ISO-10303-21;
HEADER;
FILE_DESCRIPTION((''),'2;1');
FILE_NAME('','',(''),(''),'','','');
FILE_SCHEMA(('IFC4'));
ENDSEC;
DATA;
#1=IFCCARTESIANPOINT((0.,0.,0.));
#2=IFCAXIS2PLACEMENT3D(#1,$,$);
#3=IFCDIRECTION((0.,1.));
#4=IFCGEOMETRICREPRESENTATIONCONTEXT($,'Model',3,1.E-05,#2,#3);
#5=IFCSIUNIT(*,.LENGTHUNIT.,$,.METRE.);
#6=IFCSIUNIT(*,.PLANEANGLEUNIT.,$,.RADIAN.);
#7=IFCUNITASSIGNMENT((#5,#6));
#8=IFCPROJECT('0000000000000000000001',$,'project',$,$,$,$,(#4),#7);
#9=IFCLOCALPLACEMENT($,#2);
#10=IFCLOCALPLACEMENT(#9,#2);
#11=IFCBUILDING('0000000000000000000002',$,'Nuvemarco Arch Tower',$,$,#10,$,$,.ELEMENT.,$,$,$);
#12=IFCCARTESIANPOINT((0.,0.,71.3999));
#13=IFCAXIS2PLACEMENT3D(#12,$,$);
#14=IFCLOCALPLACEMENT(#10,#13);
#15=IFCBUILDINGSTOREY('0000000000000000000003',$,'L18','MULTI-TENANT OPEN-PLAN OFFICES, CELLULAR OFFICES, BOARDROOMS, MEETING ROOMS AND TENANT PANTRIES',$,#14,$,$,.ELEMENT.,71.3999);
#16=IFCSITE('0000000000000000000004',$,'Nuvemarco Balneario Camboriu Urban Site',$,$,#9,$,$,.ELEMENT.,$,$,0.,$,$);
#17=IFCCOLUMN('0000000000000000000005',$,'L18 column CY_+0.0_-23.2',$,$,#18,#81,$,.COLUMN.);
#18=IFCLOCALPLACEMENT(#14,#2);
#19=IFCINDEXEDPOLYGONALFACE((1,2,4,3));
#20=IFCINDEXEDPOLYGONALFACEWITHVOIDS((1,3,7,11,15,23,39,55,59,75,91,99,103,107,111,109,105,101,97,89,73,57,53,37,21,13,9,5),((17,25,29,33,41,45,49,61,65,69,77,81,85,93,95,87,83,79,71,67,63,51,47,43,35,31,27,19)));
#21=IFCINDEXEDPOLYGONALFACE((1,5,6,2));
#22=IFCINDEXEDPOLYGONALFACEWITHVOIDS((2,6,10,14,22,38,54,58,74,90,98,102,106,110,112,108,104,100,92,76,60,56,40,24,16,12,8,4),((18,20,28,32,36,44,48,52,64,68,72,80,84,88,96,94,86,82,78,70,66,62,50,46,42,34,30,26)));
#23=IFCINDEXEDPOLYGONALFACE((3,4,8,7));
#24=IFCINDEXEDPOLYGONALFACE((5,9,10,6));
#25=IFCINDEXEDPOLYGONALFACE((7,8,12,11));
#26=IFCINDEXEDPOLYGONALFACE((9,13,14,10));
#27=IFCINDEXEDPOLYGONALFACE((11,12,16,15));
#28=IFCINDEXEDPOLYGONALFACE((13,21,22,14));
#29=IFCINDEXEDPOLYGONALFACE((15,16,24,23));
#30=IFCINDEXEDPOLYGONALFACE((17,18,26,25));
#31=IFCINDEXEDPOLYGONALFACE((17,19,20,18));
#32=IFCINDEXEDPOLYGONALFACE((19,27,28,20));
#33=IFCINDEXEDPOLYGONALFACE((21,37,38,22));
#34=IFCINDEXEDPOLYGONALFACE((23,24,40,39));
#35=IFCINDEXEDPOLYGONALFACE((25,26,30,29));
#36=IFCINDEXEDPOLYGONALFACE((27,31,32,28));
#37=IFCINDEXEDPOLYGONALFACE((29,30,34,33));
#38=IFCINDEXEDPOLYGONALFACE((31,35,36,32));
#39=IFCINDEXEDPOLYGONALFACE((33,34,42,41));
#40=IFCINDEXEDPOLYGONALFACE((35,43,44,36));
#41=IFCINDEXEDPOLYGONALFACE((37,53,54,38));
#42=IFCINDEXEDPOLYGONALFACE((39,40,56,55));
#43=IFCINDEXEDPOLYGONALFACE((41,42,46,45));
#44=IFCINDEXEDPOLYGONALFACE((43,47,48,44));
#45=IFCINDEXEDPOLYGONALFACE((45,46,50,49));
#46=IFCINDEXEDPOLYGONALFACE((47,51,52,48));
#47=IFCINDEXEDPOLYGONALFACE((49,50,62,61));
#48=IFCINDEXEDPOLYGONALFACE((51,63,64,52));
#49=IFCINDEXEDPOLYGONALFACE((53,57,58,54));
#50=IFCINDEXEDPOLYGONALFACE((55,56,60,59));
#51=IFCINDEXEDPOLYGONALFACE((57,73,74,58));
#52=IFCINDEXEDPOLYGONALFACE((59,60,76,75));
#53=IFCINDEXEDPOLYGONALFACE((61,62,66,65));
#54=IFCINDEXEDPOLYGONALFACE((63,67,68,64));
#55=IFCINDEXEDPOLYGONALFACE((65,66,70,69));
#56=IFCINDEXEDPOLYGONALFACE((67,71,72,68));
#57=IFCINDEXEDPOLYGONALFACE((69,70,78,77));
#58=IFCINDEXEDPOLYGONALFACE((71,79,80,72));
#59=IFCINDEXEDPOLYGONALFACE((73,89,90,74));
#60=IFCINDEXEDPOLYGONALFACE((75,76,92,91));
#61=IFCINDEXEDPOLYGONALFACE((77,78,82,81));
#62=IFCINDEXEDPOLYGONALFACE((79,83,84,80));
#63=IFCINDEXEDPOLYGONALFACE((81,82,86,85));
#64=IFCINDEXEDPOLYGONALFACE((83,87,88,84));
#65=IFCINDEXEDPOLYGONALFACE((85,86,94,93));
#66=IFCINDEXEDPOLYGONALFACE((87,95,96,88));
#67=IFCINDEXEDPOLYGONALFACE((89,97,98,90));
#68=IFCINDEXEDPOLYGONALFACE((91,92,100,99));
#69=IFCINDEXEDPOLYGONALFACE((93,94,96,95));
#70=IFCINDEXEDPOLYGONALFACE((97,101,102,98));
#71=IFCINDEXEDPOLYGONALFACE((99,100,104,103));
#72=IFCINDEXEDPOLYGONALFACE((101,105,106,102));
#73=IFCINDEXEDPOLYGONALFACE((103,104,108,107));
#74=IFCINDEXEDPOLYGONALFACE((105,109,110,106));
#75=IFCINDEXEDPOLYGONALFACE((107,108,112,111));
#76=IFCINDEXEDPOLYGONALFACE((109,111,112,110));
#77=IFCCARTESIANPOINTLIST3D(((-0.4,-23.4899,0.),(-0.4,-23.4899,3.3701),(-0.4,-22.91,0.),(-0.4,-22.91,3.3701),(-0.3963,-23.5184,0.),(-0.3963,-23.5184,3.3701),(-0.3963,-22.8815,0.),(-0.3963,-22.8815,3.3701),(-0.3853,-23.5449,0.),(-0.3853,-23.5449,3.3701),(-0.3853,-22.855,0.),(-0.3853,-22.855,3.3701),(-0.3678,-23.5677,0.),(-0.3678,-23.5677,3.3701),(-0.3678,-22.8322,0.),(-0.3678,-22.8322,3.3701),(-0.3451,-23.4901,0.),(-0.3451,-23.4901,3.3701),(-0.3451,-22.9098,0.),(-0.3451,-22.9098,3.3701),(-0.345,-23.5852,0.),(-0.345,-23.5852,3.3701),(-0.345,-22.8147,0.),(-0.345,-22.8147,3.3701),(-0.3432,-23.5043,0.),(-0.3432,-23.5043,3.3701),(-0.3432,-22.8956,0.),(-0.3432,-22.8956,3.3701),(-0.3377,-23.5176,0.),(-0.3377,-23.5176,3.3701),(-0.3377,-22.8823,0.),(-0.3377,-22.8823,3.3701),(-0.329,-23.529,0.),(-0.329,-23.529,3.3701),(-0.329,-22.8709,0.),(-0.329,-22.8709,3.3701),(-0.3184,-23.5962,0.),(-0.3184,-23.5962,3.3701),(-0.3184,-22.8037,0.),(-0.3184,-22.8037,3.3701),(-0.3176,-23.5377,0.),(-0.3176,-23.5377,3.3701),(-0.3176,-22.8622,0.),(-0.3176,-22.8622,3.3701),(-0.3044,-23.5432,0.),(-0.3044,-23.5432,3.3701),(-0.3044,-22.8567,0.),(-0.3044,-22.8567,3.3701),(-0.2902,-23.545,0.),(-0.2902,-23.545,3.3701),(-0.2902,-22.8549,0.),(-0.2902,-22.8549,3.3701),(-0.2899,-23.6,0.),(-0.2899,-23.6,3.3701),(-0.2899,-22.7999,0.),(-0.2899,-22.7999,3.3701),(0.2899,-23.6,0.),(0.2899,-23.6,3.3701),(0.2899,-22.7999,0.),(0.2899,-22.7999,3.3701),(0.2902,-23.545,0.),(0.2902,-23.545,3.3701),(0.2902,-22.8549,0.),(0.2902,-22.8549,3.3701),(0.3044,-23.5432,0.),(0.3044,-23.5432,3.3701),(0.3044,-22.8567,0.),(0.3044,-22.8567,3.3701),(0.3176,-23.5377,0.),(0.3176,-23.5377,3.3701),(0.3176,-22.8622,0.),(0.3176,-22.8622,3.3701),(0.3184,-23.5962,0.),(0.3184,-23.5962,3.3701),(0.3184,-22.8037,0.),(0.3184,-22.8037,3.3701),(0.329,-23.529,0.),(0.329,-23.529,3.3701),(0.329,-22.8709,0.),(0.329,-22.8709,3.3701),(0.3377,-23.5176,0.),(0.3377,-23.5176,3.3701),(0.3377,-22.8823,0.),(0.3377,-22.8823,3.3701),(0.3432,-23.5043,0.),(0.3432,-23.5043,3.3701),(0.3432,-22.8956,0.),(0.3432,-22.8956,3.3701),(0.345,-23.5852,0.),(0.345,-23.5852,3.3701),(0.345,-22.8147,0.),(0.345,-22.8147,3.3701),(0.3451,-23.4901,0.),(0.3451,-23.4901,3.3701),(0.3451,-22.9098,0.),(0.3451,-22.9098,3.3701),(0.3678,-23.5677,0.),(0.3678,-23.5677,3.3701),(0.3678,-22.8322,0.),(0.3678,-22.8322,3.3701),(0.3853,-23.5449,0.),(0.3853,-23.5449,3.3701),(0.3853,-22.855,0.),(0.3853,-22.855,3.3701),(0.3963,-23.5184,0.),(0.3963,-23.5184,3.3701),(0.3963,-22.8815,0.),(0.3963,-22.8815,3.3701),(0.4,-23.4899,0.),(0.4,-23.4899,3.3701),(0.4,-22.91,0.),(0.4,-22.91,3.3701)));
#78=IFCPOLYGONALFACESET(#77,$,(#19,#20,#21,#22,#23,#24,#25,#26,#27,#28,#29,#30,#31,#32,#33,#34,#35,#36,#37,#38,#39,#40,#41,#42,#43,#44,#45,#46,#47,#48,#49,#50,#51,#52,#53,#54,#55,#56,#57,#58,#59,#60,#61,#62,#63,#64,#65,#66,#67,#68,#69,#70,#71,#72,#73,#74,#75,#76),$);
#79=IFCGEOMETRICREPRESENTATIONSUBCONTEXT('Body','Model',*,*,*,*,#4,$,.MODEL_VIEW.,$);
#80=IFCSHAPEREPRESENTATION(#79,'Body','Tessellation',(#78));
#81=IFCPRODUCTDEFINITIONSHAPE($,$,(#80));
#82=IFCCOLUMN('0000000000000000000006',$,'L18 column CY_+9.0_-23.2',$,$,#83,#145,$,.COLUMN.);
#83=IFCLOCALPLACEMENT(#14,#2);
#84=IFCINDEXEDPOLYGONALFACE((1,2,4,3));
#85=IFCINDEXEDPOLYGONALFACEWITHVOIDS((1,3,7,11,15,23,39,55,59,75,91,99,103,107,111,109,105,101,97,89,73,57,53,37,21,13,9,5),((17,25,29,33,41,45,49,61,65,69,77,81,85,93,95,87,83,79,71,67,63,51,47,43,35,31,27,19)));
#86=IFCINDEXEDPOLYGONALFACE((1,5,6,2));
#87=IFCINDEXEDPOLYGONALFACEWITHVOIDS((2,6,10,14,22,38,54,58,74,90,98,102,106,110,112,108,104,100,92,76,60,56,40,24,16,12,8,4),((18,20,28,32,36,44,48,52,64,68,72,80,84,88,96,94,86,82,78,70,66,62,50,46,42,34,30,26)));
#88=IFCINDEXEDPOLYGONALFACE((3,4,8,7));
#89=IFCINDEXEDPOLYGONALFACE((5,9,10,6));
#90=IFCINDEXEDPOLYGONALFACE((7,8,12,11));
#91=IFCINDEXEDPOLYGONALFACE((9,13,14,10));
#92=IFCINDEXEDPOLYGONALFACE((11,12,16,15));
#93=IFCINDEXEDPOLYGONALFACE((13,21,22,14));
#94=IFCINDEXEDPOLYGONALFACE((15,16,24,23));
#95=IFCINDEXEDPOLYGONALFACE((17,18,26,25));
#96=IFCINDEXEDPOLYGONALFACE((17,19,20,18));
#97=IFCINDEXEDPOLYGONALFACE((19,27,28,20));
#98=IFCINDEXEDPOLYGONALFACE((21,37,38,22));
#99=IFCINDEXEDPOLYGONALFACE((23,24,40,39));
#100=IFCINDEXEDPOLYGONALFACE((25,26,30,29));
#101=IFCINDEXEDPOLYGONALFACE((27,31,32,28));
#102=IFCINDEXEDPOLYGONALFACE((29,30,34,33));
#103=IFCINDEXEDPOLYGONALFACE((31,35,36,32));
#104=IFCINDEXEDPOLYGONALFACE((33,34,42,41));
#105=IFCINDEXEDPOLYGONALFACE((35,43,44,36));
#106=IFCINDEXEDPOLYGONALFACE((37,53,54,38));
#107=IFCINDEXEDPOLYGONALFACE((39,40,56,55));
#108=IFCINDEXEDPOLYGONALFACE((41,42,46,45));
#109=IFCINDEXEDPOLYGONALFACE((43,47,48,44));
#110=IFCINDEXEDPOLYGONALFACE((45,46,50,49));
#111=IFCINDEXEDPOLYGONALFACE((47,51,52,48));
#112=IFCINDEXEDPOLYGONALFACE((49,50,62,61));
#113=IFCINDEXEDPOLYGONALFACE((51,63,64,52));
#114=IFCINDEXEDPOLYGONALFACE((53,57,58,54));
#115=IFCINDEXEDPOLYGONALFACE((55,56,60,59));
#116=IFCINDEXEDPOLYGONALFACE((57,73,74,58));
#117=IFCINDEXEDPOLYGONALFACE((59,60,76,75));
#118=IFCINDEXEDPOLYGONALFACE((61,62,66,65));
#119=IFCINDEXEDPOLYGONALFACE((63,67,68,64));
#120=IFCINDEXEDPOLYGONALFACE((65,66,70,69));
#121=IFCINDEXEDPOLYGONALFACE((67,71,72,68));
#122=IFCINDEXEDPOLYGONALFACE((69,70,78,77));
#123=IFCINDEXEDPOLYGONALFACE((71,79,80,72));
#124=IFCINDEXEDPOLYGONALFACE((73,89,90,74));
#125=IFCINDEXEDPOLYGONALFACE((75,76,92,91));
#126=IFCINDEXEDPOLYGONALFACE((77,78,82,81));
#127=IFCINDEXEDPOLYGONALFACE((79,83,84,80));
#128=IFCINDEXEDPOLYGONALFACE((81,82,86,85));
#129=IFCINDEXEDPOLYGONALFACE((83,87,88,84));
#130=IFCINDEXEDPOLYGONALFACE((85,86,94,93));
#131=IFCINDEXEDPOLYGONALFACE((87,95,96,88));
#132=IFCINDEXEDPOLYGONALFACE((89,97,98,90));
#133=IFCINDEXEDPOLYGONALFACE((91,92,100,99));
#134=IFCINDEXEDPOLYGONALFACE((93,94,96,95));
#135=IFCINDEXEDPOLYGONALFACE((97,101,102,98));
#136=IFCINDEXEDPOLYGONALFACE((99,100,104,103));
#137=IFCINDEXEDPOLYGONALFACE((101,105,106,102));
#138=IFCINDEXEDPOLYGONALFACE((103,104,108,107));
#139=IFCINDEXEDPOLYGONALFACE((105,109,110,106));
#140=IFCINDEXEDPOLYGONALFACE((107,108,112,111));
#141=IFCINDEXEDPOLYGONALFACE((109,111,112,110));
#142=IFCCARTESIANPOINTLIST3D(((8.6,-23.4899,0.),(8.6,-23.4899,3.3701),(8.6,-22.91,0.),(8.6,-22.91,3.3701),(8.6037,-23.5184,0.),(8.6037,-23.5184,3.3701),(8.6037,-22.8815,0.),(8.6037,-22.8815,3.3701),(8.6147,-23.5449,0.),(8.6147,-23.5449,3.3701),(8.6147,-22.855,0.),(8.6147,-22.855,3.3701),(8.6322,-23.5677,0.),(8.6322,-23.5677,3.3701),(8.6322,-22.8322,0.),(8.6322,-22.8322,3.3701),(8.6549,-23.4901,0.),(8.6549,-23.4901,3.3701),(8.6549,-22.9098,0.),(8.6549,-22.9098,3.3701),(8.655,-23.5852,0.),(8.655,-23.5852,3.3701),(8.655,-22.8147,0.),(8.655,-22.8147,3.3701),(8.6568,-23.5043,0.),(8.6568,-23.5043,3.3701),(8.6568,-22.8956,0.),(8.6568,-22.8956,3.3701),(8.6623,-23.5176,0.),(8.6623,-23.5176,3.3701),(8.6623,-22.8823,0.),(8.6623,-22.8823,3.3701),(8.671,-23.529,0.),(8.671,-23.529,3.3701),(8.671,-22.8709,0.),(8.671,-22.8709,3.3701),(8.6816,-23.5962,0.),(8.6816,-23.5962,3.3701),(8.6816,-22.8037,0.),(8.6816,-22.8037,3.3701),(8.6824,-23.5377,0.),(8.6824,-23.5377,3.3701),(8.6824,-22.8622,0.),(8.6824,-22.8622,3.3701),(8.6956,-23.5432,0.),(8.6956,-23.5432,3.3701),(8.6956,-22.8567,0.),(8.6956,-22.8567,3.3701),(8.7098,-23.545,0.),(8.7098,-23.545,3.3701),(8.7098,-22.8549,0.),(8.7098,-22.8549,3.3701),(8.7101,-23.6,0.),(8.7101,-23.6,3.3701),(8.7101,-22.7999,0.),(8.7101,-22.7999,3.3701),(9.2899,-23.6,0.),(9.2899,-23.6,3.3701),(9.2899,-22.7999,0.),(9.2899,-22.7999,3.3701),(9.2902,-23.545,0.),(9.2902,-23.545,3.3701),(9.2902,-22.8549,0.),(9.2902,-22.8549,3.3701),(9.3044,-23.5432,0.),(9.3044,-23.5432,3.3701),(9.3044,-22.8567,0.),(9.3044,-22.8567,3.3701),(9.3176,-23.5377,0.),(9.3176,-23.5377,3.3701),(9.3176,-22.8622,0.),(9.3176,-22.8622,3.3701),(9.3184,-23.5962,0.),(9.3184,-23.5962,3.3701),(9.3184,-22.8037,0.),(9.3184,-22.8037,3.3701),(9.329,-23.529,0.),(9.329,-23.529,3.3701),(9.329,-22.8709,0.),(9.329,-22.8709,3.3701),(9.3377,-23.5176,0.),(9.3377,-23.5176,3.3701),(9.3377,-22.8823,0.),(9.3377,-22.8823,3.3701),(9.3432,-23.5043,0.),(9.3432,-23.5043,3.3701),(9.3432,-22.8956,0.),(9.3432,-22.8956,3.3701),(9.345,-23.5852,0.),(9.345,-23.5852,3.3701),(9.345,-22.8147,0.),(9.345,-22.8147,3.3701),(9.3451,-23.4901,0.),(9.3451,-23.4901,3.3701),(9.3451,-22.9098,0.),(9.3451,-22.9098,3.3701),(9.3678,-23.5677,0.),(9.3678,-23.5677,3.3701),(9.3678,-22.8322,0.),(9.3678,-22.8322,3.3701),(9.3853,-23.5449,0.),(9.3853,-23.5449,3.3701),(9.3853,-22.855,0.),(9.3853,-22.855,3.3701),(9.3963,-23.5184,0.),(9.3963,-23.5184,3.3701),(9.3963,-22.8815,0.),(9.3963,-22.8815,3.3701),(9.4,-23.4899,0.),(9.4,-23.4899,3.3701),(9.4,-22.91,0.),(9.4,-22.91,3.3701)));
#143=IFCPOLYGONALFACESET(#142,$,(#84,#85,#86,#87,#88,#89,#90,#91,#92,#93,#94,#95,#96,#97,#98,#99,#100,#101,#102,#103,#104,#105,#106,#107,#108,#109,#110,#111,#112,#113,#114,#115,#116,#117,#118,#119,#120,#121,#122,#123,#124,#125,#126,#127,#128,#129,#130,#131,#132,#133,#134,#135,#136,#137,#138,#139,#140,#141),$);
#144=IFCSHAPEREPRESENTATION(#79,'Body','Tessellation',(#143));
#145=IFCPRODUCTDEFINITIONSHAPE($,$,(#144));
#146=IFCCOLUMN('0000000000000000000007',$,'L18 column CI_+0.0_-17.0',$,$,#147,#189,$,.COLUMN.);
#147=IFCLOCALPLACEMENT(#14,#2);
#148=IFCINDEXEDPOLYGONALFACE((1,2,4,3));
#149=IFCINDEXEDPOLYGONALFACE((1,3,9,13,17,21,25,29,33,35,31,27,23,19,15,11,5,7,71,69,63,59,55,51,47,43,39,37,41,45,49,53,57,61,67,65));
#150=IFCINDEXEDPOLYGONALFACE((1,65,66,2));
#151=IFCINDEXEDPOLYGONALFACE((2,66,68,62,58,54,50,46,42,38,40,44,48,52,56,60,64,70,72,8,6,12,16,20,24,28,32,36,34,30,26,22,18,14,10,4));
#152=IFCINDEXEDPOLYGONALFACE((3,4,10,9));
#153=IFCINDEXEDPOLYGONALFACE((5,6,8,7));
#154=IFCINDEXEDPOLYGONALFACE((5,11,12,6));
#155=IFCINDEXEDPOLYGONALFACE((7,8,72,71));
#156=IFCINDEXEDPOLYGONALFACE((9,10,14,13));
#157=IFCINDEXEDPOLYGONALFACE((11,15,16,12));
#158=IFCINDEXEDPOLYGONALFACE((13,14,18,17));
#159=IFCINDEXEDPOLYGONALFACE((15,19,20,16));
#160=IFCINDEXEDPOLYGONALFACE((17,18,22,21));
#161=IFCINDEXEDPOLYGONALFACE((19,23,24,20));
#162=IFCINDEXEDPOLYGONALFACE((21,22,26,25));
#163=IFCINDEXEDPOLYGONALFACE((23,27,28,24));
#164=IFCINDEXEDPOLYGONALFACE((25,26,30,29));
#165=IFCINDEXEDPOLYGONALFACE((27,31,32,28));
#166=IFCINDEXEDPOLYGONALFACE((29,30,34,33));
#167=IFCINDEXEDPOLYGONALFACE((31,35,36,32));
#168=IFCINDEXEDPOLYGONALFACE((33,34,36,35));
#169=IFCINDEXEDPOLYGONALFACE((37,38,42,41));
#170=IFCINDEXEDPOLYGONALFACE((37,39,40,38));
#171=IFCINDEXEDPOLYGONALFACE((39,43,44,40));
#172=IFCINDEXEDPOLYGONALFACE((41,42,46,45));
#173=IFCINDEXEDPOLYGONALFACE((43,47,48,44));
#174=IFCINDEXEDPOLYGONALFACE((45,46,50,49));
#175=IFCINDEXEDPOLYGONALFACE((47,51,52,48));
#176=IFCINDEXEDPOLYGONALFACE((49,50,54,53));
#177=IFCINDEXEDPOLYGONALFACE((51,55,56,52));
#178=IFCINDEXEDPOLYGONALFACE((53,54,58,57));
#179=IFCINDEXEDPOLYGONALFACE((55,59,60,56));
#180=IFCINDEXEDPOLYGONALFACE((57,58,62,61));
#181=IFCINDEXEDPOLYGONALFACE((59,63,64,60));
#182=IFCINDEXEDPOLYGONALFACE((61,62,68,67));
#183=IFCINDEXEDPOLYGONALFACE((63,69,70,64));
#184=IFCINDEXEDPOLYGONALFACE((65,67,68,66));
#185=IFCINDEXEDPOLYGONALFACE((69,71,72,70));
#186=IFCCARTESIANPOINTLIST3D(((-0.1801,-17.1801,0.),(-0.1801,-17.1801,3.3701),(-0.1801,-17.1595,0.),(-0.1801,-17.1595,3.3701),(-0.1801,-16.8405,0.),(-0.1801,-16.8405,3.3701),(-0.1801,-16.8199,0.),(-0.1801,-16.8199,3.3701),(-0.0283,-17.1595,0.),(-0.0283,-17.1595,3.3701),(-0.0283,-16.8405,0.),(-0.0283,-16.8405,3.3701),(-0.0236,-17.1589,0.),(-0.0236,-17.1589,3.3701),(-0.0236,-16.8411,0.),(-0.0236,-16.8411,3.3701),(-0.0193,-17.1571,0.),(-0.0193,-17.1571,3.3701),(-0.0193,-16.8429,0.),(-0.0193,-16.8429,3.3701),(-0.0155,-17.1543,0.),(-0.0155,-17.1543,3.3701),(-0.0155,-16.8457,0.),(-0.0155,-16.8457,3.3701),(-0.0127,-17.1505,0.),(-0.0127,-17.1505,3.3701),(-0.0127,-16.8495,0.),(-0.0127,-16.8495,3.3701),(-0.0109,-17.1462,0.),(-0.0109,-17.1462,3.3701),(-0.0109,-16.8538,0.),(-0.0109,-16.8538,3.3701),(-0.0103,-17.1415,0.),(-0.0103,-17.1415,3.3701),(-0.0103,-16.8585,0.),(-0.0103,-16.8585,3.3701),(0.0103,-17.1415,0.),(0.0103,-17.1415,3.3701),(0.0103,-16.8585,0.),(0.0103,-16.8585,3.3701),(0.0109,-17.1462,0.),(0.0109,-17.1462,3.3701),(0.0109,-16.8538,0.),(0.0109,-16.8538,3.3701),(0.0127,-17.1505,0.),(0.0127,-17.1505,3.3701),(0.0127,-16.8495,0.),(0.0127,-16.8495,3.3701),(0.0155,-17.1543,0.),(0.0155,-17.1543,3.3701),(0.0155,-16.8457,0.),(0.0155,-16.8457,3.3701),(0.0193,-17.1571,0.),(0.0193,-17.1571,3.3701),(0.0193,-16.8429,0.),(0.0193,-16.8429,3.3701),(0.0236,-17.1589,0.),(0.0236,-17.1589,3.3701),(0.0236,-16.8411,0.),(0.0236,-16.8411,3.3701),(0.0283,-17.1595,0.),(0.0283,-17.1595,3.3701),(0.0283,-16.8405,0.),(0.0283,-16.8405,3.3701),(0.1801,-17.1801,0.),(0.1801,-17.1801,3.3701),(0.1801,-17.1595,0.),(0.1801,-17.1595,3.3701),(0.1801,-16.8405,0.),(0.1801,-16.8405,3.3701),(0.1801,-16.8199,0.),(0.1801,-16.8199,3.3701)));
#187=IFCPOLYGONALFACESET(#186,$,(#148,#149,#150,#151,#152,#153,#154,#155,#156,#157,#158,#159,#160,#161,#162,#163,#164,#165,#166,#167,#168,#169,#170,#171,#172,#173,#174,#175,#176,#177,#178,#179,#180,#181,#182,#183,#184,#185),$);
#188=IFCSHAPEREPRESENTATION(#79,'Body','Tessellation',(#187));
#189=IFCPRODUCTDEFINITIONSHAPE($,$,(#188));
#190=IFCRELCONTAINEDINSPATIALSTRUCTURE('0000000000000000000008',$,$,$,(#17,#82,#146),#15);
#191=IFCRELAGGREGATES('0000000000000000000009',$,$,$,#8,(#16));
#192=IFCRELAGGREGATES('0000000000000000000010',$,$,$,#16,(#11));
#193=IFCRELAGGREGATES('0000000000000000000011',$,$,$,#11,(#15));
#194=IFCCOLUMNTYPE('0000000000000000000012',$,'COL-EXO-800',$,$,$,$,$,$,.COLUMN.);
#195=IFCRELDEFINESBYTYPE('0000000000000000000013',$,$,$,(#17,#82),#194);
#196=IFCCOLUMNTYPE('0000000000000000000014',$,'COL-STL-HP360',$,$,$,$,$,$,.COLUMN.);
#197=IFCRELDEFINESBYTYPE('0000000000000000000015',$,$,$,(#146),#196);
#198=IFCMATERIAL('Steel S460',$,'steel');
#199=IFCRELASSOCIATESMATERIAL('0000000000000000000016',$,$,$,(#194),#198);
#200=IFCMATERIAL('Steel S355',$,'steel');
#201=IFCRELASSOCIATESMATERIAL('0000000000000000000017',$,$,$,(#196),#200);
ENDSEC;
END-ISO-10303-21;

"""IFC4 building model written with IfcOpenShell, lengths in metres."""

from ifc_helpers import new_model, si_unit, direction, frame, origin, origin_2d, place, context, subcontext, project, spatial, hollow_rectangle, i_section, extrude, material, material_profile, profile_set, type_object, element, save


model = new_model("IFC4")

# Units and contexts
model_context = context("Model", 3, precision=1e-05, world=origin(), true_north=direction((0.0, 1.0)))
body_context = subcontext(model_context, "Body", "Model", "MODEL_VIEW")
ifc_project = project(units=[si_unit("LENGTHUNIT", "METRE"), si_unit("PLANEANGLEUNIT", "RADIAN")], contexts=[model_context])

# Site, building, storey
site_placement = place(None, origin())
site = spatial("IfcSite", under=ifc_project, at=site_placement, Name="Nuvemarco Balneario Camboriu Urban Site", CompositionType="ELEMENT", RefElevation=0.0)
building_placement = place(site_placement, origin())
building = spatial("IfcBuilding", under=site, at=building_placement, Name="Nuvemarco Arch Tower", CompositionType="ELEMENT")
storey_placement = place(building_placement, frame((0.0, 0.0, 71.3999)))
storey = spatial("IfcBuildingStorey", under=building, at=storey_placement, Name="L18", Description="MULTI-TENANT OPEN-PLAN OFFICES, CELLULAR OFFICES, BOARDROOMS, MEETING ROOMS AND TENANT PANTRIES", CompositionType="ELEMENT", Elevation=71.3999)

# Columns
ifc_material_1 = material(Name="Steel S460", Category="steel")
ifc_material_profile_1 = material_profile(ifc_material_1, hollow_rectangle(XDim=0.8, YDim=0.8, WallThickness=0.0549, InnerFilletRadius=0.0549, OuterFilletRadius=0.1101, at=origin_2d()), Name="SHS800x800x55")
ifc_profile_set_1 = profile_set([ifc_material_profile_1], Name="Steel S460")
column_type_1 = type_object("IfcColumnType", Name="COL-EXO-800", PredefinedType="COLUMN", material=ifc_profile_set_1)
for number, where, z_axis, x_axis, name in (
    (1, (0.0, -23.2, 0.0), (0.0, 0.0, 1.0), (1.0, 0.0, 0.0), "L18 column CY_+0.0_-23.2"),
    (2, (9.0, -23.2, 0.0), (0.0, 0.0, 1.0), (1.0, 0.0, 0.0), "L18 column CY_+9.0_-23.2"),
):
    element("IfcColumn", number, at=place(storey_placement, frame(where, z_axis=z_axis, x_axis=x_axis)), inside=storey, type_object=column_type_1, Name=name, PredefinedType="COLUMN", context=body_context, shape_type="SweptSolid", body=[
        extrude(hollow_rectangle(XDim=0.8, YDim=0.8, WallThickness=0.0549, InnerFilletRadius=0.0549, OuterFilletRadius=0.1101, at=origin_2d()), origin(), (0.0, 0.0, 1.0), 3.3701),
    ])
ifc_material_2 = material(Name="Steel S355", Category="steel")
ifc_material_profile_2 = material_profile(ifc_material_2, i_section(OverallWidth=0.3601, OverallDepth=0.3601, WebThickness=0.0205, FlangeThickness=0.0205, FilletRadius=0.0181, at=origin_2d()), Name="HP360x174")
ifc_profile_set_2 = profile_set([ifc_material_profile_2], Name="Steel S355")
column_type_2 = type_object("IfcColumnType", Name="COL-STL-HP360", PredefinedType="COLUMN", material=ifc_profile_set_2)
for number, where, z_axis, x_axis, name in (
    (3, (0.0, -17.0, 0.0), (0.0, 0.0, 1.0), (1.0, 0.0, 0.0), "L18 column CI_+0.0_-17.0"),
):
    element("IfcColumn", number, at=place(storey_placement, frame(where, z_axis=z_axis, x_axis=x_axis)), inside=storey, type_object=column_type_2, Name=name, PredefinedType="COLUMN", context=body_context, shape_type="SweptSolid", body=[
        extrude(i_section(OverallWidth=0.3601, OverallDepth=0.3601, WebThickness=0.0205, FlangeThickness=0.0205, FilletRadius=0.0181, at=origin_2d()), origin(), (0.0, 0.0, 1.0), 3.3701),
    ])

save(model, "model.ifc")
